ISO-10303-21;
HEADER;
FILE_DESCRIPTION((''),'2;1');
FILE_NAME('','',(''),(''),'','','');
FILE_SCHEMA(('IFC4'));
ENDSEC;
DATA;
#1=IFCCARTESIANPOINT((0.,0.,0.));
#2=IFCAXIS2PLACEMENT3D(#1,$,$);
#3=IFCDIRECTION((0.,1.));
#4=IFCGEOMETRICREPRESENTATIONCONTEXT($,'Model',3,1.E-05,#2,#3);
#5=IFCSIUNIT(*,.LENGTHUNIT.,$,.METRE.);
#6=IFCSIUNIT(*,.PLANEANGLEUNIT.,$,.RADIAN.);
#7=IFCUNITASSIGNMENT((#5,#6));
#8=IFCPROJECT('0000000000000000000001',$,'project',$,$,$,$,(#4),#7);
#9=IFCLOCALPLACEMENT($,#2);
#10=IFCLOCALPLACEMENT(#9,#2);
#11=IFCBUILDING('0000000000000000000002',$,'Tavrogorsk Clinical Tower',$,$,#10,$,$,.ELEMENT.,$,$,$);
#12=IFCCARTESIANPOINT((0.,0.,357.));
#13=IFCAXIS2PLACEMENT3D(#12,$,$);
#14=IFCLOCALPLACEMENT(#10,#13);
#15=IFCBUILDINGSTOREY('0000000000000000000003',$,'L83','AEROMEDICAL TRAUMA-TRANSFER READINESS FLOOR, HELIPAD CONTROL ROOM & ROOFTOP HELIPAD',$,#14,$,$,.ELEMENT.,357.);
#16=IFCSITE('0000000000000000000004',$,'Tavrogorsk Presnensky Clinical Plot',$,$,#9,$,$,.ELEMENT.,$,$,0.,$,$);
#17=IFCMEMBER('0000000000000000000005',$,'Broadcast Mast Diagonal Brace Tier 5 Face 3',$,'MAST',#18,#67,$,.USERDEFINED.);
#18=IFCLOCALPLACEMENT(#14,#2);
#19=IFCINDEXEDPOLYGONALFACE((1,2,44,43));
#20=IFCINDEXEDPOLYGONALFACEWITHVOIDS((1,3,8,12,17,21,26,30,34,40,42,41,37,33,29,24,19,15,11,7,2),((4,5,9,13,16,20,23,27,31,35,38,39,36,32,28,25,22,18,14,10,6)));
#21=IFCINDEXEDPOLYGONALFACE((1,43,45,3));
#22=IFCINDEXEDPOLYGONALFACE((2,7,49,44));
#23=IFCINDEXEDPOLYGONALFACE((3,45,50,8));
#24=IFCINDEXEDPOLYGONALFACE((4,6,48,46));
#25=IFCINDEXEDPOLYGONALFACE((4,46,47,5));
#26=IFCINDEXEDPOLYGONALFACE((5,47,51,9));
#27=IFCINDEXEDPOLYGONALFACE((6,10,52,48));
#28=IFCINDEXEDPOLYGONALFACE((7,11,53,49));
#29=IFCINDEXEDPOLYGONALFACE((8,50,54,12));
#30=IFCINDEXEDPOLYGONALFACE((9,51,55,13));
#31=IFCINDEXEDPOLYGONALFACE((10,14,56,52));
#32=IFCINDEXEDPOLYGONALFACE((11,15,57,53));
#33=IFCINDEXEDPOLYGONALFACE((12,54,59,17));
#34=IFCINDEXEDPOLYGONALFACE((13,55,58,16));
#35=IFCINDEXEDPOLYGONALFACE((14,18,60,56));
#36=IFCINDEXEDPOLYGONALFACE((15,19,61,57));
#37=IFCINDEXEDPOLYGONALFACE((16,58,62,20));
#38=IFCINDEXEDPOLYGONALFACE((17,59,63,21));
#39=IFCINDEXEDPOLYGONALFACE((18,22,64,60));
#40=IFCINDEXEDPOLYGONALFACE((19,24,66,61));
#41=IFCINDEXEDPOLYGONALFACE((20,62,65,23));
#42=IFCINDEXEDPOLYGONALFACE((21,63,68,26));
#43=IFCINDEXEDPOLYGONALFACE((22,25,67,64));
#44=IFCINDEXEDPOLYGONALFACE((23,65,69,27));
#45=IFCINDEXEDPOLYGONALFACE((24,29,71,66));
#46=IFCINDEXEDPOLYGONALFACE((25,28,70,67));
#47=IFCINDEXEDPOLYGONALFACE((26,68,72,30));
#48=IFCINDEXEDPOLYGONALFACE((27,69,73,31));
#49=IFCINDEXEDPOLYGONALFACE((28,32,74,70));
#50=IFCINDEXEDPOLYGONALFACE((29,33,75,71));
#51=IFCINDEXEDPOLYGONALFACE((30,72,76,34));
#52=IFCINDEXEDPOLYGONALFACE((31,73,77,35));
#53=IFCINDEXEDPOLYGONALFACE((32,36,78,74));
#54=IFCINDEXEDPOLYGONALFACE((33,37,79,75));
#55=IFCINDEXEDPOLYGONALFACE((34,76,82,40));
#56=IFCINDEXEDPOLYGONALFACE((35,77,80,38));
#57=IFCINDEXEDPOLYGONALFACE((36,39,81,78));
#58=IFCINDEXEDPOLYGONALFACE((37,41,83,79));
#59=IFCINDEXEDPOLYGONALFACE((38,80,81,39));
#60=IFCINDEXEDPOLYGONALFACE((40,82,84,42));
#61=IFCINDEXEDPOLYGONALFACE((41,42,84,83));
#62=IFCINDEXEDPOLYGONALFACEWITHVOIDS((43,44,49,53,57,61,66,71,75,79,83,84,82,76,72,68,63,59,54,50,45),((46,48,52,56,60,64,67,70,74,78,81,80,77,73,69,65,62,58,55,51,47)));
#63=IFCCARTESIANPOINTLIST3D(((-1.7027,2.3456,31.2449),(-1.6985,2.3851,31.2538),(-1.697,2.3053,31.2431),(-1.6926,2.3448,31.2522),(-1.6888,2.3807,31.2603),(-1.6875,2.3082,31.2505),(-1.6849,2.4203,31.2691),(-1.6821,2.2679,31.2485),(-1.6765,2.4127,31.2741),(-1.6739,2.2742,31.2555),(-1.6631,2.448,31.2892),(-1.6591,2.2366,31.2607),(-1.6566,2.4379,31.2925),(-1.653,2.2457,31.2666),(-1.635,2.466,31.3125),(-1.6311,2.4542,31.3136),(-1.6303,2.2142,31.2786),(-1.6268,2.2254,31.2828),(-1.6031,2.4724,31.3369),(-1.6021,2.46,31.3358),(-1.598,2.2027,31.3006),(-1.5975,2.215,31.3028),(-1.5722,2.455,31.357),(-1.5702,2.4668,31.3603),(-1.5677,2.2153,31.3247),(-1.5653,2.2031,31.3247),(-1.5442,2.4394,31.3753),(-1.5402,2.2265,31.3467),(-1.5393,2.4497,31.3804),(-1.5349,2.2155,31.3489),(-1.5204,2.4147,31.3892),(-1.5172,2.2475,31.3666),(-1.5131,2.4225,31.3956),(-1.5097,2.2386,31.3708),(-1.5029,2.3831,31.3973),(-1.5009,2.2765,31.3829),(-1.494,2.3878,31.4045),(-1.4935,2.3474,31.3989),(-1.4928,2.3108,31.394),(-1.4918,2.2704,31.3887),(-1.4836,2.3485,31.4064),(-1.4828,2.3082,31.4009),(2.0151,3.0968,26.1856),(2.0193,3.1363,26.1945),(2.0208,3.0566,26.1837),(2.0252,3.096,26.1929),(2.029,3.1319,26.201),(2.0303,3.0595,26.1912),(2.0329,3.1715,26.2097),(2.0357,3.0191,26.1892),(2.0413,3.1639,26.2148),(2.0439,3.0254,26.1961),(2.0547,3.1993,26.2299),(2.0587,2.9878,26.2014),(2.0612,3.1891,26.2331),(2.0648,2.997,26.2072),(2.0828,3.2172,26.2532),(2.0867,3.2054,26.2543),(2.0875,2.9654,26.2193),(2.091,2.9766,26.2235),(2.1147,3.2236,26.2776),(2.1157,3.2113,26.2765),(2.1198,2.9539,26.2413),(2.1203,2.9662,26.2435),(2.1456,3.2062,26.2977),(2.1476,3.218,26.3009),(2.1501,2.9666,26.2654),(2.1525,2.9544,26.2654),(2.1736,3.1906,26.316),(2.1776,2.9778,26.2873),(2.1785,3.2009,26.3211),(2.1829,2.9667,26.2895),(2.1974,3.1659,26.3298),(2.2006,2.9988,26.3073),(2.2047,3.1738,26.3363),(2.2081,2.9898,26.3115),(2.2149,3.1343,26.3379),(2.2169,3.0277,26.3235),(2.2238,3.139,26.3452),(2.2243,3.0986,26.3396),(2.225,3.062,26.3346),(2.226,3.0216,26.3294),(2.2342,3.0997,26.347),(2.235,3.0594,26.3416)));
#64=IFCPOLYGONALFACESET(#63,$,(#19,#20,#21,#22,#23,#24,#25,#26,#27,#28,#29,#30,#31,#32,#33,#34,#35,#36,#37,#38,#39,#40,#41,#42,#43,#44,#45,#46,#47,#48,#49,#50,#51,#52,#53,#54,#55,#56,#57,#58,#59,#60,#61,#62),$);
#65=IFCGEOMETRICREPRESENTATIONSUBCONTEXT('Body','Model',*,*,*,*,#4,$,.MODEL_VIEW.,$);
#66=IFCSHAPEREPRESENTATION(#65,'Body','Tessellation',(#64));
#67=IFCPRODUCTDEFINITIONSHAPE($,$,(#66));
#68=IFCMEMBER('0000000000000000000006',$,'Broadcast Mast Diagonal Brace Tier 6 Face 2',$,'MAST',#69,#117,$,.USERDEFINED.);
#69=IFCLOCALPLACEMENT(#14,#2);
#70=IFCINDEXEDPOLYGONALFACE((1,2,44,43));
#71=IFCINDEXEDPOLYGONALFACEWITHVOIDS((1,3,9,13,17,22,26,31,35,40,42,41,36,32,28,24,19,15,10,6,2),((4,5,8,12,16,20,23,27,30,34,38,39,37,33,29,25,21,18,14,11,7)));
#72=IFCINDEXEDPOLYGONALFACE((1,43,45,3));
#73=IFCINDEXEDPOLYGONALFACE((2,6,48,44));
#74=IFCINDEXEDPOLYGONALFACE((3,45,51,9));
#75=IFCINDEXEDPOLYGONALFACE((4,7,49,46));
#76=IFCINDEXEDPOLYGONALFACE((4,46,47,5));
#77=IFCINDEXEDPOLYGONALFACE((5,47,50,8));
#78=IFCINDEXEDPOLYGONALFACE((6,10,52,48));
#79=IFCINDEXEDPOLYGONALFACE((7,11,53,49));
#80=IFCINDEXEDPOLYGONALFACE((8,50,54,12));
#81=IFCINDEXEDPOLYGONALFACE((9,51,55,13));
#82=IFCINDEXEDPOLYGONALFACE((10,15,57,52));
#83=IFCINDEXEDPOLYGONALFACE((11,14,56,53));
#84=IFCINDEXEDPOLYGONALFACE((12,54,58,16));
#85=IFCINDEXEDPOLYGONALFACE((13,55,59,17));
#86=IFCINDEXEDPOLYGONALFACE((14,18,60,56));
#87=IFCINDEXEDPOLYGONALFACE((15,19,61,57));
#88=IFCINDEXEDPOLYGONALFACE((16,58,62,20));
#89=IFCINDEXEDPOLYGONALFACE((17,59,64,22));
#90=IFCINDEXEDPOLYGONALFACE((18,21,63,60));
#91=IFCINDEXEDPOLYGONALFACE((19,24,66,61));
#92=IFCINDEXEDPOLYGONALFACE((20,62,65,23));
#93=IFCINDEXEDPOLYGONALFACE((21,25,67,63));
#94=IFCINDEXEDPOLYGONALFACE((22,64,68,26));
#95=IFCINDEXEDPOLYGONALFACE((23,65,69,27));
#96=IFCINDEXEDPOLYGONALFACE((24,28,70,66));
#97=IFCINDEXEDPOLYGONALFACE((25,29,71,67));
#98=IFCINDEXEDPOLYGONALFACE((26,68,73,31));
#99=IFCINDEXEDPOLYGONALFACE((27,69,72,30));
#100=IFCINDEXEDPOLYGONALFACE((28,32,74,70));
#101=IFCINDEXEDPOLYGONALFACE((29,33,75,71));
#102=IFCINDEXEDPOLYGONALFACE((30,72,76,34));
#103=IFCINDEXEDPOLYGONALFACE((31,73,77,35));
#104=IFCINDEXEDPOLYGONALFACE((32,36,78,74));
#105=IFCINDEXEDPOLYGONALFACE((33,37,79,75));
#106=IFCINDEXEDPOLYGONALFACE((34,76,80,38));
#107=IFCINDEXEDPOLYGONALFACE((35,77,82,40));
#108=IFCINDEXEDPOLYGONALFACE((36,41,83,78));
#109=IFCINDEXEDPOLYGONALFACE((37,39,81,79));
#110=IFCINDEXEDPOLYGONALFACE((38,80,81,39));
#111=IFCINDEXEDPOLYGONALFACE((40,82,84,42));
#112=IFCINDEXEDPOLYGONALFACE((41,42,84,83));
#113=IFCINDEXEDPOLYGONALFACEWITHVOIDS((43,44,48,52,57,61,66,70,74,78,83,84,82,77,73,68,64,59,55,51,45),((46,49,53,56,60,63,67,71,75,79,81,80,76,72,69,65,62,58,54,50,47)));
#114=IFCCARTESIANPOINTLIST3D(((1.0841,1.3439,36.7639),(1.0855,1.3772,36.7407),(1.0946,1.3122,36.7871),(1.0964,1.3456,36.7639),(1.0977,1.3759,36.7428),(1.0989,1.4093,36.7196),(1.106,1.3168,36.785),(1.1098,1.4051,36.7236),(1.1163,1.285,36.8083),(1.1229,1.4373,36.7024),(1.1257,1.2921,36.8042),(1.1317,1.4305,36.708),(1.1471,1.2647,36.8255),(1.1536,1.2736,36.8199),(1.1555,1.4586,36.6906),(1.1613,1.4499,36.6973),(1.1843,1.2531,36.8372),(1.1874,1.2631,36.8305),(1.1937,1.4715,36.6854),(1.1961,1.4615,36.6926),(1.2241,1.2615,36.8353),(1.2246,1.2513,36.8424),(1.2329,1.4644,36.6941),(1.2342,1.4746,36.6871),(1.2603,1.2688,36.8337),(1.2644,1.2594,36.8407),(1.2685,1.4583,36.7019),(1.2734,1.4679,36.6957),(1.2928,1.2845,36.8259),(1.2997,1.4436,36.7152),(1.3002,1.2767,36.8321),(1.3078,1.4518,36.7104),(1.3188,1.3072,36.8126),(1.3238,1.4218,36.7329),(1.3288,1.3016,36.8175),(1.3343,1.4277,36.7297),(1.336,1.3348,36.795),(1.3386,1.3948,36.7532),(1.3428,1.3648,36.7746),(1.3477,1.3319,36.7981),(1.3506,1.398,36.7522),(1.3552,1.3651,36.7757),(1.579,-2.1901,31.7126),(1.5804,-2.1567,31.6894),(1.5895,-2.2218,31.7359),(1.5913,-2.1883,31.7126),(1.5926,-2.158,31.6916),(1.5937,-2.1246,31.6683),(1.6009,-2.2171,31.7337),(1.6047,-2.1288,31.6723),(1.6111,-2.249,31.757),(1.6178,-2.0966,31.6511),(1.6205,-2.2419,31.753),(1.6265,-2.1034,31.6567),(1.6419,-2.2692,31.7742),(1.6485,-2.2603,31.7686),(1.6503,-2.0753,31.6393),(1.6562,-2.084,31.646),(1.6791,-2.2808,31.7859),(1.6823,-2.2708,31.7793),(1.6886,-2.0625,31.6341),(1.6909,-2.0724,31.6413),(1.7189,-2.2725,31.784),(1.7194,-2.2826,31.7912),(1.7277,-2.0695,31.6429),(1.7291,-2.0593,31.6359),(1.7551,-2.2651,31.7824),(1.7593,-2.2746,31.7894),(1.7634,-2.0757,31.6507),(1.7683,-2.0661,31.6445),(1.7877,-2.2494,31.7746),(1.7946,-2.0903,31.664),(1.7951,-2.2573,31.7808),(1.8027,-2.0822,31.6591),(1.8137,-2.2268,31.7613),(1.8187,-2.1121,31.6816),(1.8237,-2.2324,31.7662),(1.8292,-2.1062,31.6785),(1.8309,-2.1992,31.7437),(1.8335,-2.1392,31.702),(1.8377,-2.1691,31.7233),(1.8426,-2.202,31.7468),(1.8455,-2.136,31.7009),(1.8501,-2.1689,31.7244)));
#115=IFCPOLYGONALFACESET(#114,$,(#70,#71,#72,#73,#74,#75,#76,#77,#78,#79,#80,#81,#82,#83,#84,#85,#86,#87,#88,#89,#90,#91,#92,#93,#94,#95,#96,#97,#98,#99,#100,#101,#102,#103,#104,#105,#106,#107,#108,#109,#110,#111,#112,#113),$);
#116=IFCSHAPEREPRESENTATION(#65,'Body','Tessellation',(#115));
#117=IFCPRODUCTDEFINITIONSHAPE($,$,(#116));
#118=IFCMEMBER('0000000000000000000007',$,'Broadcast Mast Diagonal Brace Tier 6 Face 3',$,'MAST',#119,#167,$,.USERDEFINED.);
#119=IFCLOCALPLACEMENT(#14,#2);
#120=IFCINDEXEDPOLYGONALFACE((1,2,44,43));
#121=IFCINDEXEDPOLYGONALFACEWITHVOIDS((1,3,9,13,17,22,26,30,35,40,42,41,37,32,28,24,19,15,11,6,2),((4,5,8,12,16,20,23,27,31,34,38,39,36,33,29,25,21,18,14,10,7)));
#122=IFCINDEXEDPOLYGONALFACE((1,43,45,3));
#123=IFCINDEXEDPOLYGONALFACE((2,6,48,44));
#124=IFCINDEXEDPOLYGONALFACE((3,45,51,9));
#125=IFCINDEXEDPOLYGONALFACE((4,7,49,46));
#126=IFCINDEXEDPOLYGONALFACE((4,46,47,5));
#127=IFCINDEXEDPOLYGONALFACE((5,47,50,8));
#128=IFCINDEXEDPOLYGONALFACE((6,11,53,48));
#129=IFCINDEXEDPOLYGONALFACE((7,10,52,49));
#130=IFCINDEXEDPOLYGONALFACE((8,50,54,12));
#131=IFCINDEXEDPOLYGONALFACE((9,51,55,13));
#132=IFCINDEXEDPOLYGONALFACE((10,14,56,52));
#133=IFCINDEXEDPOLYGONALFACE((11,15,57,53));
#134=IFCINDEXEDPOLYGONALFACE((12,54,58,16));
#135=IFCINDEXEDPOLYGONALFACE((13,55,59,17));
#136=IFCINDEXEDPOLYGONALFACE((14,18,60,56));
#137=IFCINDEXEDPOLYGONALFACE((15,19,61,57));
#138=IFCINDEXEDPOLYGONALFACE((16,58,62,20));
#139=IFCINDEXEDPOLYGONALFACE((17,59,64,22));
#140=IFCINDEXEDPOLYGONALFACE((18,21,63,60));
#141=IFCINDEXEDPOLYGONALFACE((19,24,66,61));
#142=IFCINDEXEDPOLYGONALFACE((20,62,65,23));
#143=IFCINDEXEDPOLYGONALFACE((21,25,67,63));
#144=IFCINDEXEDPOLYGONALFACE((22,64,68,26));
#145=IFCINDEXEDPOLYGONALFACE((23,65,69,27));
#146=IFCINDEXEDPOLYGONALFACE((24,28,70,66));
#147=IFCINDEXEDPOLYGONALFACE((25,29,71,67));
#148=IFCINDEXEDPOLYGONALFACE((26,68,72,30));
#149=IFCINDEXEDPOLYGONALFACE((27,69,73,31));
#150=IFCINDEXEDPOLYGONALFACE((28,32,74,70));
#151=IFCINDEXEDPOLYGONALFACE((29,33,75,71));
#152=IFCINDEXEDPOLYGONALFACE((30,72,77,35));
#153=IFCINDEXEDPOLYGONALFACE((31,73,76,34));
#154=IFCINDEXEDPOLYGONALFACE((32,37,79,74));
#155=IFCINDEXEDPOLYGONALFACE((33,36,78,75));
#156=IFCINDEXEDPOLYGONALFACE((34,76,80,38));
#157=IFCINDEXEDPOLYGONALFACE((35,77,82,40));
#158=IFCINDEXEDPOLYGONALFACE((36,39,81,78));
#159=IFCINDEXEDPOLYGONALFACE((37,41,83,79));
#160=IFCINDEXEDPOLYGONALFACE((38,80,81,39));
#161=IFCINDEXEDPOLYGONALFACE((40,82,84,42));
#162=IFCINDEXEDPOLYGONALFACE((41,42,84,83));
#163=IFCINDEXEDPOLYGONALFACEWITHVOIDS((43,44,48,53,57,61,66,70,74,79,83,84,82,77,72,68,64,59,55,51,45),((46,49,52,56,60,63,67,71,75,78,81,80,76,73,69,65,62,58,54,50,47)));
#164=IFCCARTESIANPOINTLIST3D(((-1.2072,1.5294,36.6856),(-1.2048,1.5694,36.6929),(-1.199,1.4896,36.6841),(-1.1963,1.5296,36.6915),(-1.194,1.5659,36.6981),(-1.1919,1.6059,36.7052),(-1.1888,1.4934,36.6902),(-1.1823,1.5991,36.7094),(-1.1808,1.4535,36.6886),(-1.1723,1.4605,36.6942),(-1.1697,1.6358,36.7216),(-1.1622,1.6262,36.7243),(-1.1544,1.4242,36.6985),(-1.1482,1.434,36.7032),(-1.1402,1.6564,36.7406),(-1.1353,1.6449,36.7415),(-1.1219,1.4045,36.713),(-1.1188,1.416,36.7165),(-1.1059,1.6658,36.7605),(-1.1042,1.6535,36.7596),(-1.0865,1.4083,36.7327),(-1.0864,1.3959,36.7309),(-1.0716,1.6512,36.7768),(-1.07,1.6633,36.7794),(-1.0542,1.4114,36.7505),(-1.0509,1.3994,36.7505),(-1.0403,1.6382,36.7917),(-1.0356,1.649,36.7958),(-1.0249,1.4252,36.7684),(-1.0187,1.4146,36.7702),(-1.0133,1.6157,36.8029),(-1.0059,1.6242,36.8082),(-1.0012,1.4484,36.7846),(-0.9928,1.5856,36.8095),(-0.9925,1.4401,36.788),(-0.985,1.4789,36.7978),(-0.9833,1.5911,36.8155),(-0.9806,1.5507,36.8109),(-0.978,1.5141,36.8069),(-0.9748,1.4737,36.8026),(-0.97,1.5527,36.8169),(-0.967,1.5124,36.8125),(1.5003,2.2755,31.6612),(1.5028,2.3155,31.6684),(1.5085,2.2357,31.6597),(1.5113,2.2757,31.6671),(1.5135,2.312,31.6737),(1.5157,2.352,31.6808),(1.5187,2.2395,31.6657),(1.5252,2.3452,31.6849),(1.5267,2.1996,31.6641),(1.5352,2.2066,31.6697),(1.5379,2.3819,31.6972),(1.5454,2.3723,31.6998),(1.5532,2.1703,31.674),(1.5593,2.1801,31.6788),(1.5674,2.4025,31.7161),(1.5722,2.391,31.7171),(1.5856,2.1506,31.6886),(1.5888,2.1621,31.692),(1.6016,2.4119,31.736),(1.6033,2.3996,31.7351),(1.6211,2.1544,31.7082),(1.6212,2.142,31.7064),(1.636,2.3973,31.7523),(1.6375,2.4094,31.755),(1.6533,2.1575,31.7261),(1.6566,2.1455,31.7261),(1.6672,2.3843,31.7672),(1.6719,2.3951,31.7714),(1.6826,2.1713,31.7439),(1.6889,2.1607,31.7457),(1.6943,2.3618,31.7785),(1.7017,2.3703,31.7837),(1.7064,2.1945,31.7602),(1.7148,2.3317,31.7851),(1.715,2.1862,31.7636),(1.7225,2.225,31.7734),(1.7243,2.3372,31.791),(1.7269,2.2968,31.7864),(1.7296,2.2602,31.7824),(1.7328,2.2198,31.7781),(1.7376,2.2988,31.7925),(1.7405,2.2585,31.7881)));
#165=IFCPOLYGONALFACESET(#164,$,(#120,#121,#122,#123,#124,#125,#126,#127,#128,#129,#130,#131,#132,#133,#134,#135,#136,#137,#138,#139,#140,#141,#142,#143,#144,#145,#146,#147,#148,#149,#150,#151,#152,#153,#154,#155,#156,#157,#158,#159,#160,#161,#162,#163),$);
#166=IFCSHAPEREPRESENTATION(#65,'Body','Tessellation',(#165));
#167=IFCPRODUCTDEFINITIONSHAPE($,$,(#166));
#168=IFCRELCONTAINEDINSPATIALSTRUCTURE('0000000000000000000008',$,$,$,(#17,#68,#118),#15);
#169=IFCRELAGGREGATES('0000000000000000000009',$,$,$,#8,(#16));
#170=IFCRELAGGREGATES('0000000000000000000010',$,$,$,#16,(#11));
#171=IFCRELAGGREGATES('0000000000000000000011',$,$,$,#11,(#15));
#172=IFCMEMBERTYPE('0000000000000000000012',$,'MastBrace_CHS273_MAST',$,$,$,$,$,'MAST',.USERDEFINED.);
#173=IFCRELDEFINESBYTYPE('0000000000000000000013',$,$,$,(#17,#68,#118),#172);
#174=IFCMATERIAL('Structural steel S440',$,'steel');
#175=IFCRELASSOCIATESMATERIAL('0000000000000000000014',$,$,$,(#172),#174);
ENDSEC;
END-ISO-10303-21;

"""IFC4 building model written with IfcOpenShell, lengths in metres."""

from ifc_helpers import new_model, si_unit, direction, frame, origin, origin_2d, place, context, subcontext, project, spatial, hollow_circle, extrude, material, material_profile, profile_set, type_object, element, save


model = new_model("IFC4")

# Units and contexts
model_context = context("Model", 3, precision=1e-05, world=origin(), true_north=direction((0.0, 1.0)))
body_context = subcontext(model_context, "Body", "Model", "MODEL_VIEW")
ifc_project = project(units=[si_unit("LENGTHUNIT", "METRE"), si_unit("PLANEANGLEUNIT", "RADIAN")], contexts=[model_context])

# Site, building, storey
site_placement = place(None, origin())
site = spatial("IfcSite", under=ifc_project, at=site_placement, Name="Tavrogorsk Presnensky Clinical Plot", CompositionType="ELEMENT", RefElevation=0.0)
building_placement = place(site_placement, origin())
building = spatial("IfcBuilding", under=site, at=building_placement, Name="Tavrogorsk Clinical Tower", CompositionType="ELEMENT")
storey_placement = place(building_placement, frame((0.0, 0.0, 357.0)))
storey = spatial("IfcBuildingStorey", under=building, at=storey_placement, Name="L83", Description="AEROMEDICAL TRAUMA-TRANSFER READINESS FLOOR, HELIPAD CONTROL ROOM & ROOFTOP HELIPAD", CompositionType="ELEMENT", Elevation=357.0)

# Members
ifc_material_1 = material(Name="Structural steel S440", Category="steel")
ifc_material_profile_1 = material_profile(ifc_material_1, hollow_circle(Radius=0.1365, WallThickness=0.0125, at=origin_2d()), Name="CHS-273x12.5")
ifc_profile_set_1 = profile_set([ifc_material_profile_1], Name="Structural steel S440")
member_type_1 = type_object("IfcMemberType", Name="MastBrace_CHS273_MAST", ElementType="MAST", PredefinedType="USERDEFINED", material=ifc_profile_set_1)
member_1_placement = place(storey_placement, frame((2.1255, 3.0881, 26.2654), z_axis=(-0.587957, -0.118804, 0.80012), x_axis=(0.198059, -0.98019, 0.0)))
element("IfcMember", 1, at=member_1_placement, inside=storey, type_object=member_type_1, Name="Broadcast Mast Diagonal Brace Tier 5 Face 3", ObjectType="MAST", PredefinedType="USERDEFINED", context=body_context, shape_type="SweptSolid", body=[
    extrude(hollow_circle(Radius=0.1365, WallThickness=0.0125, at=origin_2d()), origin(), (0.0, 0.0, 1.0), 6.3232),
])
member_2_placement = place(storey_placement, frame((1.7141, -2.1711, 31.7126), z_axis=(-0.080017, 0.571412, 0.816753), x_axis=(-0.990337, -0.138681, 0.0)))
element("IfcMember", 2, at=member_2_placement, inside=storey, type_object=member_type_1, Name="Broadcast Mast Diagonal Brace Tier 6 Face 2", ObjectType="MAST", PredefinedType="USERDEFINED", context=body_context, shape_type="SweptSolid", body=[
    extrude(hollow_circle(Radius=0.1365, WallThickness=0.0125, at=origin_2d()), origin(), (0.0, 0.0, 1.0), 6.1846),
])
member_3_placement = place(storey_placement, frame((1.6204, 2.2771, 31.7261), z_axis=(-0.470378, -0.129619, 0.872893), x_axis=(0.265662, -0.964066, 0.0)))
element("IfcMember", 3, at=member_3_placement, inside=storey, type_object=member_type_1, Name="Broadcast Mast Diagonal Brace Tier 6 Face 3", ObjectType="MAST", PredefinedType="USERDEFINED", context=body_context, shape_type="SweptSolid", body=[
    extrude(hollow_circle(Radius=0.1365, WallThickness=0.0125, at=origin_2d()), origin(), (0.0, 0.0, 1.0), 5.7561),
])

save(model, "model.ifc")
